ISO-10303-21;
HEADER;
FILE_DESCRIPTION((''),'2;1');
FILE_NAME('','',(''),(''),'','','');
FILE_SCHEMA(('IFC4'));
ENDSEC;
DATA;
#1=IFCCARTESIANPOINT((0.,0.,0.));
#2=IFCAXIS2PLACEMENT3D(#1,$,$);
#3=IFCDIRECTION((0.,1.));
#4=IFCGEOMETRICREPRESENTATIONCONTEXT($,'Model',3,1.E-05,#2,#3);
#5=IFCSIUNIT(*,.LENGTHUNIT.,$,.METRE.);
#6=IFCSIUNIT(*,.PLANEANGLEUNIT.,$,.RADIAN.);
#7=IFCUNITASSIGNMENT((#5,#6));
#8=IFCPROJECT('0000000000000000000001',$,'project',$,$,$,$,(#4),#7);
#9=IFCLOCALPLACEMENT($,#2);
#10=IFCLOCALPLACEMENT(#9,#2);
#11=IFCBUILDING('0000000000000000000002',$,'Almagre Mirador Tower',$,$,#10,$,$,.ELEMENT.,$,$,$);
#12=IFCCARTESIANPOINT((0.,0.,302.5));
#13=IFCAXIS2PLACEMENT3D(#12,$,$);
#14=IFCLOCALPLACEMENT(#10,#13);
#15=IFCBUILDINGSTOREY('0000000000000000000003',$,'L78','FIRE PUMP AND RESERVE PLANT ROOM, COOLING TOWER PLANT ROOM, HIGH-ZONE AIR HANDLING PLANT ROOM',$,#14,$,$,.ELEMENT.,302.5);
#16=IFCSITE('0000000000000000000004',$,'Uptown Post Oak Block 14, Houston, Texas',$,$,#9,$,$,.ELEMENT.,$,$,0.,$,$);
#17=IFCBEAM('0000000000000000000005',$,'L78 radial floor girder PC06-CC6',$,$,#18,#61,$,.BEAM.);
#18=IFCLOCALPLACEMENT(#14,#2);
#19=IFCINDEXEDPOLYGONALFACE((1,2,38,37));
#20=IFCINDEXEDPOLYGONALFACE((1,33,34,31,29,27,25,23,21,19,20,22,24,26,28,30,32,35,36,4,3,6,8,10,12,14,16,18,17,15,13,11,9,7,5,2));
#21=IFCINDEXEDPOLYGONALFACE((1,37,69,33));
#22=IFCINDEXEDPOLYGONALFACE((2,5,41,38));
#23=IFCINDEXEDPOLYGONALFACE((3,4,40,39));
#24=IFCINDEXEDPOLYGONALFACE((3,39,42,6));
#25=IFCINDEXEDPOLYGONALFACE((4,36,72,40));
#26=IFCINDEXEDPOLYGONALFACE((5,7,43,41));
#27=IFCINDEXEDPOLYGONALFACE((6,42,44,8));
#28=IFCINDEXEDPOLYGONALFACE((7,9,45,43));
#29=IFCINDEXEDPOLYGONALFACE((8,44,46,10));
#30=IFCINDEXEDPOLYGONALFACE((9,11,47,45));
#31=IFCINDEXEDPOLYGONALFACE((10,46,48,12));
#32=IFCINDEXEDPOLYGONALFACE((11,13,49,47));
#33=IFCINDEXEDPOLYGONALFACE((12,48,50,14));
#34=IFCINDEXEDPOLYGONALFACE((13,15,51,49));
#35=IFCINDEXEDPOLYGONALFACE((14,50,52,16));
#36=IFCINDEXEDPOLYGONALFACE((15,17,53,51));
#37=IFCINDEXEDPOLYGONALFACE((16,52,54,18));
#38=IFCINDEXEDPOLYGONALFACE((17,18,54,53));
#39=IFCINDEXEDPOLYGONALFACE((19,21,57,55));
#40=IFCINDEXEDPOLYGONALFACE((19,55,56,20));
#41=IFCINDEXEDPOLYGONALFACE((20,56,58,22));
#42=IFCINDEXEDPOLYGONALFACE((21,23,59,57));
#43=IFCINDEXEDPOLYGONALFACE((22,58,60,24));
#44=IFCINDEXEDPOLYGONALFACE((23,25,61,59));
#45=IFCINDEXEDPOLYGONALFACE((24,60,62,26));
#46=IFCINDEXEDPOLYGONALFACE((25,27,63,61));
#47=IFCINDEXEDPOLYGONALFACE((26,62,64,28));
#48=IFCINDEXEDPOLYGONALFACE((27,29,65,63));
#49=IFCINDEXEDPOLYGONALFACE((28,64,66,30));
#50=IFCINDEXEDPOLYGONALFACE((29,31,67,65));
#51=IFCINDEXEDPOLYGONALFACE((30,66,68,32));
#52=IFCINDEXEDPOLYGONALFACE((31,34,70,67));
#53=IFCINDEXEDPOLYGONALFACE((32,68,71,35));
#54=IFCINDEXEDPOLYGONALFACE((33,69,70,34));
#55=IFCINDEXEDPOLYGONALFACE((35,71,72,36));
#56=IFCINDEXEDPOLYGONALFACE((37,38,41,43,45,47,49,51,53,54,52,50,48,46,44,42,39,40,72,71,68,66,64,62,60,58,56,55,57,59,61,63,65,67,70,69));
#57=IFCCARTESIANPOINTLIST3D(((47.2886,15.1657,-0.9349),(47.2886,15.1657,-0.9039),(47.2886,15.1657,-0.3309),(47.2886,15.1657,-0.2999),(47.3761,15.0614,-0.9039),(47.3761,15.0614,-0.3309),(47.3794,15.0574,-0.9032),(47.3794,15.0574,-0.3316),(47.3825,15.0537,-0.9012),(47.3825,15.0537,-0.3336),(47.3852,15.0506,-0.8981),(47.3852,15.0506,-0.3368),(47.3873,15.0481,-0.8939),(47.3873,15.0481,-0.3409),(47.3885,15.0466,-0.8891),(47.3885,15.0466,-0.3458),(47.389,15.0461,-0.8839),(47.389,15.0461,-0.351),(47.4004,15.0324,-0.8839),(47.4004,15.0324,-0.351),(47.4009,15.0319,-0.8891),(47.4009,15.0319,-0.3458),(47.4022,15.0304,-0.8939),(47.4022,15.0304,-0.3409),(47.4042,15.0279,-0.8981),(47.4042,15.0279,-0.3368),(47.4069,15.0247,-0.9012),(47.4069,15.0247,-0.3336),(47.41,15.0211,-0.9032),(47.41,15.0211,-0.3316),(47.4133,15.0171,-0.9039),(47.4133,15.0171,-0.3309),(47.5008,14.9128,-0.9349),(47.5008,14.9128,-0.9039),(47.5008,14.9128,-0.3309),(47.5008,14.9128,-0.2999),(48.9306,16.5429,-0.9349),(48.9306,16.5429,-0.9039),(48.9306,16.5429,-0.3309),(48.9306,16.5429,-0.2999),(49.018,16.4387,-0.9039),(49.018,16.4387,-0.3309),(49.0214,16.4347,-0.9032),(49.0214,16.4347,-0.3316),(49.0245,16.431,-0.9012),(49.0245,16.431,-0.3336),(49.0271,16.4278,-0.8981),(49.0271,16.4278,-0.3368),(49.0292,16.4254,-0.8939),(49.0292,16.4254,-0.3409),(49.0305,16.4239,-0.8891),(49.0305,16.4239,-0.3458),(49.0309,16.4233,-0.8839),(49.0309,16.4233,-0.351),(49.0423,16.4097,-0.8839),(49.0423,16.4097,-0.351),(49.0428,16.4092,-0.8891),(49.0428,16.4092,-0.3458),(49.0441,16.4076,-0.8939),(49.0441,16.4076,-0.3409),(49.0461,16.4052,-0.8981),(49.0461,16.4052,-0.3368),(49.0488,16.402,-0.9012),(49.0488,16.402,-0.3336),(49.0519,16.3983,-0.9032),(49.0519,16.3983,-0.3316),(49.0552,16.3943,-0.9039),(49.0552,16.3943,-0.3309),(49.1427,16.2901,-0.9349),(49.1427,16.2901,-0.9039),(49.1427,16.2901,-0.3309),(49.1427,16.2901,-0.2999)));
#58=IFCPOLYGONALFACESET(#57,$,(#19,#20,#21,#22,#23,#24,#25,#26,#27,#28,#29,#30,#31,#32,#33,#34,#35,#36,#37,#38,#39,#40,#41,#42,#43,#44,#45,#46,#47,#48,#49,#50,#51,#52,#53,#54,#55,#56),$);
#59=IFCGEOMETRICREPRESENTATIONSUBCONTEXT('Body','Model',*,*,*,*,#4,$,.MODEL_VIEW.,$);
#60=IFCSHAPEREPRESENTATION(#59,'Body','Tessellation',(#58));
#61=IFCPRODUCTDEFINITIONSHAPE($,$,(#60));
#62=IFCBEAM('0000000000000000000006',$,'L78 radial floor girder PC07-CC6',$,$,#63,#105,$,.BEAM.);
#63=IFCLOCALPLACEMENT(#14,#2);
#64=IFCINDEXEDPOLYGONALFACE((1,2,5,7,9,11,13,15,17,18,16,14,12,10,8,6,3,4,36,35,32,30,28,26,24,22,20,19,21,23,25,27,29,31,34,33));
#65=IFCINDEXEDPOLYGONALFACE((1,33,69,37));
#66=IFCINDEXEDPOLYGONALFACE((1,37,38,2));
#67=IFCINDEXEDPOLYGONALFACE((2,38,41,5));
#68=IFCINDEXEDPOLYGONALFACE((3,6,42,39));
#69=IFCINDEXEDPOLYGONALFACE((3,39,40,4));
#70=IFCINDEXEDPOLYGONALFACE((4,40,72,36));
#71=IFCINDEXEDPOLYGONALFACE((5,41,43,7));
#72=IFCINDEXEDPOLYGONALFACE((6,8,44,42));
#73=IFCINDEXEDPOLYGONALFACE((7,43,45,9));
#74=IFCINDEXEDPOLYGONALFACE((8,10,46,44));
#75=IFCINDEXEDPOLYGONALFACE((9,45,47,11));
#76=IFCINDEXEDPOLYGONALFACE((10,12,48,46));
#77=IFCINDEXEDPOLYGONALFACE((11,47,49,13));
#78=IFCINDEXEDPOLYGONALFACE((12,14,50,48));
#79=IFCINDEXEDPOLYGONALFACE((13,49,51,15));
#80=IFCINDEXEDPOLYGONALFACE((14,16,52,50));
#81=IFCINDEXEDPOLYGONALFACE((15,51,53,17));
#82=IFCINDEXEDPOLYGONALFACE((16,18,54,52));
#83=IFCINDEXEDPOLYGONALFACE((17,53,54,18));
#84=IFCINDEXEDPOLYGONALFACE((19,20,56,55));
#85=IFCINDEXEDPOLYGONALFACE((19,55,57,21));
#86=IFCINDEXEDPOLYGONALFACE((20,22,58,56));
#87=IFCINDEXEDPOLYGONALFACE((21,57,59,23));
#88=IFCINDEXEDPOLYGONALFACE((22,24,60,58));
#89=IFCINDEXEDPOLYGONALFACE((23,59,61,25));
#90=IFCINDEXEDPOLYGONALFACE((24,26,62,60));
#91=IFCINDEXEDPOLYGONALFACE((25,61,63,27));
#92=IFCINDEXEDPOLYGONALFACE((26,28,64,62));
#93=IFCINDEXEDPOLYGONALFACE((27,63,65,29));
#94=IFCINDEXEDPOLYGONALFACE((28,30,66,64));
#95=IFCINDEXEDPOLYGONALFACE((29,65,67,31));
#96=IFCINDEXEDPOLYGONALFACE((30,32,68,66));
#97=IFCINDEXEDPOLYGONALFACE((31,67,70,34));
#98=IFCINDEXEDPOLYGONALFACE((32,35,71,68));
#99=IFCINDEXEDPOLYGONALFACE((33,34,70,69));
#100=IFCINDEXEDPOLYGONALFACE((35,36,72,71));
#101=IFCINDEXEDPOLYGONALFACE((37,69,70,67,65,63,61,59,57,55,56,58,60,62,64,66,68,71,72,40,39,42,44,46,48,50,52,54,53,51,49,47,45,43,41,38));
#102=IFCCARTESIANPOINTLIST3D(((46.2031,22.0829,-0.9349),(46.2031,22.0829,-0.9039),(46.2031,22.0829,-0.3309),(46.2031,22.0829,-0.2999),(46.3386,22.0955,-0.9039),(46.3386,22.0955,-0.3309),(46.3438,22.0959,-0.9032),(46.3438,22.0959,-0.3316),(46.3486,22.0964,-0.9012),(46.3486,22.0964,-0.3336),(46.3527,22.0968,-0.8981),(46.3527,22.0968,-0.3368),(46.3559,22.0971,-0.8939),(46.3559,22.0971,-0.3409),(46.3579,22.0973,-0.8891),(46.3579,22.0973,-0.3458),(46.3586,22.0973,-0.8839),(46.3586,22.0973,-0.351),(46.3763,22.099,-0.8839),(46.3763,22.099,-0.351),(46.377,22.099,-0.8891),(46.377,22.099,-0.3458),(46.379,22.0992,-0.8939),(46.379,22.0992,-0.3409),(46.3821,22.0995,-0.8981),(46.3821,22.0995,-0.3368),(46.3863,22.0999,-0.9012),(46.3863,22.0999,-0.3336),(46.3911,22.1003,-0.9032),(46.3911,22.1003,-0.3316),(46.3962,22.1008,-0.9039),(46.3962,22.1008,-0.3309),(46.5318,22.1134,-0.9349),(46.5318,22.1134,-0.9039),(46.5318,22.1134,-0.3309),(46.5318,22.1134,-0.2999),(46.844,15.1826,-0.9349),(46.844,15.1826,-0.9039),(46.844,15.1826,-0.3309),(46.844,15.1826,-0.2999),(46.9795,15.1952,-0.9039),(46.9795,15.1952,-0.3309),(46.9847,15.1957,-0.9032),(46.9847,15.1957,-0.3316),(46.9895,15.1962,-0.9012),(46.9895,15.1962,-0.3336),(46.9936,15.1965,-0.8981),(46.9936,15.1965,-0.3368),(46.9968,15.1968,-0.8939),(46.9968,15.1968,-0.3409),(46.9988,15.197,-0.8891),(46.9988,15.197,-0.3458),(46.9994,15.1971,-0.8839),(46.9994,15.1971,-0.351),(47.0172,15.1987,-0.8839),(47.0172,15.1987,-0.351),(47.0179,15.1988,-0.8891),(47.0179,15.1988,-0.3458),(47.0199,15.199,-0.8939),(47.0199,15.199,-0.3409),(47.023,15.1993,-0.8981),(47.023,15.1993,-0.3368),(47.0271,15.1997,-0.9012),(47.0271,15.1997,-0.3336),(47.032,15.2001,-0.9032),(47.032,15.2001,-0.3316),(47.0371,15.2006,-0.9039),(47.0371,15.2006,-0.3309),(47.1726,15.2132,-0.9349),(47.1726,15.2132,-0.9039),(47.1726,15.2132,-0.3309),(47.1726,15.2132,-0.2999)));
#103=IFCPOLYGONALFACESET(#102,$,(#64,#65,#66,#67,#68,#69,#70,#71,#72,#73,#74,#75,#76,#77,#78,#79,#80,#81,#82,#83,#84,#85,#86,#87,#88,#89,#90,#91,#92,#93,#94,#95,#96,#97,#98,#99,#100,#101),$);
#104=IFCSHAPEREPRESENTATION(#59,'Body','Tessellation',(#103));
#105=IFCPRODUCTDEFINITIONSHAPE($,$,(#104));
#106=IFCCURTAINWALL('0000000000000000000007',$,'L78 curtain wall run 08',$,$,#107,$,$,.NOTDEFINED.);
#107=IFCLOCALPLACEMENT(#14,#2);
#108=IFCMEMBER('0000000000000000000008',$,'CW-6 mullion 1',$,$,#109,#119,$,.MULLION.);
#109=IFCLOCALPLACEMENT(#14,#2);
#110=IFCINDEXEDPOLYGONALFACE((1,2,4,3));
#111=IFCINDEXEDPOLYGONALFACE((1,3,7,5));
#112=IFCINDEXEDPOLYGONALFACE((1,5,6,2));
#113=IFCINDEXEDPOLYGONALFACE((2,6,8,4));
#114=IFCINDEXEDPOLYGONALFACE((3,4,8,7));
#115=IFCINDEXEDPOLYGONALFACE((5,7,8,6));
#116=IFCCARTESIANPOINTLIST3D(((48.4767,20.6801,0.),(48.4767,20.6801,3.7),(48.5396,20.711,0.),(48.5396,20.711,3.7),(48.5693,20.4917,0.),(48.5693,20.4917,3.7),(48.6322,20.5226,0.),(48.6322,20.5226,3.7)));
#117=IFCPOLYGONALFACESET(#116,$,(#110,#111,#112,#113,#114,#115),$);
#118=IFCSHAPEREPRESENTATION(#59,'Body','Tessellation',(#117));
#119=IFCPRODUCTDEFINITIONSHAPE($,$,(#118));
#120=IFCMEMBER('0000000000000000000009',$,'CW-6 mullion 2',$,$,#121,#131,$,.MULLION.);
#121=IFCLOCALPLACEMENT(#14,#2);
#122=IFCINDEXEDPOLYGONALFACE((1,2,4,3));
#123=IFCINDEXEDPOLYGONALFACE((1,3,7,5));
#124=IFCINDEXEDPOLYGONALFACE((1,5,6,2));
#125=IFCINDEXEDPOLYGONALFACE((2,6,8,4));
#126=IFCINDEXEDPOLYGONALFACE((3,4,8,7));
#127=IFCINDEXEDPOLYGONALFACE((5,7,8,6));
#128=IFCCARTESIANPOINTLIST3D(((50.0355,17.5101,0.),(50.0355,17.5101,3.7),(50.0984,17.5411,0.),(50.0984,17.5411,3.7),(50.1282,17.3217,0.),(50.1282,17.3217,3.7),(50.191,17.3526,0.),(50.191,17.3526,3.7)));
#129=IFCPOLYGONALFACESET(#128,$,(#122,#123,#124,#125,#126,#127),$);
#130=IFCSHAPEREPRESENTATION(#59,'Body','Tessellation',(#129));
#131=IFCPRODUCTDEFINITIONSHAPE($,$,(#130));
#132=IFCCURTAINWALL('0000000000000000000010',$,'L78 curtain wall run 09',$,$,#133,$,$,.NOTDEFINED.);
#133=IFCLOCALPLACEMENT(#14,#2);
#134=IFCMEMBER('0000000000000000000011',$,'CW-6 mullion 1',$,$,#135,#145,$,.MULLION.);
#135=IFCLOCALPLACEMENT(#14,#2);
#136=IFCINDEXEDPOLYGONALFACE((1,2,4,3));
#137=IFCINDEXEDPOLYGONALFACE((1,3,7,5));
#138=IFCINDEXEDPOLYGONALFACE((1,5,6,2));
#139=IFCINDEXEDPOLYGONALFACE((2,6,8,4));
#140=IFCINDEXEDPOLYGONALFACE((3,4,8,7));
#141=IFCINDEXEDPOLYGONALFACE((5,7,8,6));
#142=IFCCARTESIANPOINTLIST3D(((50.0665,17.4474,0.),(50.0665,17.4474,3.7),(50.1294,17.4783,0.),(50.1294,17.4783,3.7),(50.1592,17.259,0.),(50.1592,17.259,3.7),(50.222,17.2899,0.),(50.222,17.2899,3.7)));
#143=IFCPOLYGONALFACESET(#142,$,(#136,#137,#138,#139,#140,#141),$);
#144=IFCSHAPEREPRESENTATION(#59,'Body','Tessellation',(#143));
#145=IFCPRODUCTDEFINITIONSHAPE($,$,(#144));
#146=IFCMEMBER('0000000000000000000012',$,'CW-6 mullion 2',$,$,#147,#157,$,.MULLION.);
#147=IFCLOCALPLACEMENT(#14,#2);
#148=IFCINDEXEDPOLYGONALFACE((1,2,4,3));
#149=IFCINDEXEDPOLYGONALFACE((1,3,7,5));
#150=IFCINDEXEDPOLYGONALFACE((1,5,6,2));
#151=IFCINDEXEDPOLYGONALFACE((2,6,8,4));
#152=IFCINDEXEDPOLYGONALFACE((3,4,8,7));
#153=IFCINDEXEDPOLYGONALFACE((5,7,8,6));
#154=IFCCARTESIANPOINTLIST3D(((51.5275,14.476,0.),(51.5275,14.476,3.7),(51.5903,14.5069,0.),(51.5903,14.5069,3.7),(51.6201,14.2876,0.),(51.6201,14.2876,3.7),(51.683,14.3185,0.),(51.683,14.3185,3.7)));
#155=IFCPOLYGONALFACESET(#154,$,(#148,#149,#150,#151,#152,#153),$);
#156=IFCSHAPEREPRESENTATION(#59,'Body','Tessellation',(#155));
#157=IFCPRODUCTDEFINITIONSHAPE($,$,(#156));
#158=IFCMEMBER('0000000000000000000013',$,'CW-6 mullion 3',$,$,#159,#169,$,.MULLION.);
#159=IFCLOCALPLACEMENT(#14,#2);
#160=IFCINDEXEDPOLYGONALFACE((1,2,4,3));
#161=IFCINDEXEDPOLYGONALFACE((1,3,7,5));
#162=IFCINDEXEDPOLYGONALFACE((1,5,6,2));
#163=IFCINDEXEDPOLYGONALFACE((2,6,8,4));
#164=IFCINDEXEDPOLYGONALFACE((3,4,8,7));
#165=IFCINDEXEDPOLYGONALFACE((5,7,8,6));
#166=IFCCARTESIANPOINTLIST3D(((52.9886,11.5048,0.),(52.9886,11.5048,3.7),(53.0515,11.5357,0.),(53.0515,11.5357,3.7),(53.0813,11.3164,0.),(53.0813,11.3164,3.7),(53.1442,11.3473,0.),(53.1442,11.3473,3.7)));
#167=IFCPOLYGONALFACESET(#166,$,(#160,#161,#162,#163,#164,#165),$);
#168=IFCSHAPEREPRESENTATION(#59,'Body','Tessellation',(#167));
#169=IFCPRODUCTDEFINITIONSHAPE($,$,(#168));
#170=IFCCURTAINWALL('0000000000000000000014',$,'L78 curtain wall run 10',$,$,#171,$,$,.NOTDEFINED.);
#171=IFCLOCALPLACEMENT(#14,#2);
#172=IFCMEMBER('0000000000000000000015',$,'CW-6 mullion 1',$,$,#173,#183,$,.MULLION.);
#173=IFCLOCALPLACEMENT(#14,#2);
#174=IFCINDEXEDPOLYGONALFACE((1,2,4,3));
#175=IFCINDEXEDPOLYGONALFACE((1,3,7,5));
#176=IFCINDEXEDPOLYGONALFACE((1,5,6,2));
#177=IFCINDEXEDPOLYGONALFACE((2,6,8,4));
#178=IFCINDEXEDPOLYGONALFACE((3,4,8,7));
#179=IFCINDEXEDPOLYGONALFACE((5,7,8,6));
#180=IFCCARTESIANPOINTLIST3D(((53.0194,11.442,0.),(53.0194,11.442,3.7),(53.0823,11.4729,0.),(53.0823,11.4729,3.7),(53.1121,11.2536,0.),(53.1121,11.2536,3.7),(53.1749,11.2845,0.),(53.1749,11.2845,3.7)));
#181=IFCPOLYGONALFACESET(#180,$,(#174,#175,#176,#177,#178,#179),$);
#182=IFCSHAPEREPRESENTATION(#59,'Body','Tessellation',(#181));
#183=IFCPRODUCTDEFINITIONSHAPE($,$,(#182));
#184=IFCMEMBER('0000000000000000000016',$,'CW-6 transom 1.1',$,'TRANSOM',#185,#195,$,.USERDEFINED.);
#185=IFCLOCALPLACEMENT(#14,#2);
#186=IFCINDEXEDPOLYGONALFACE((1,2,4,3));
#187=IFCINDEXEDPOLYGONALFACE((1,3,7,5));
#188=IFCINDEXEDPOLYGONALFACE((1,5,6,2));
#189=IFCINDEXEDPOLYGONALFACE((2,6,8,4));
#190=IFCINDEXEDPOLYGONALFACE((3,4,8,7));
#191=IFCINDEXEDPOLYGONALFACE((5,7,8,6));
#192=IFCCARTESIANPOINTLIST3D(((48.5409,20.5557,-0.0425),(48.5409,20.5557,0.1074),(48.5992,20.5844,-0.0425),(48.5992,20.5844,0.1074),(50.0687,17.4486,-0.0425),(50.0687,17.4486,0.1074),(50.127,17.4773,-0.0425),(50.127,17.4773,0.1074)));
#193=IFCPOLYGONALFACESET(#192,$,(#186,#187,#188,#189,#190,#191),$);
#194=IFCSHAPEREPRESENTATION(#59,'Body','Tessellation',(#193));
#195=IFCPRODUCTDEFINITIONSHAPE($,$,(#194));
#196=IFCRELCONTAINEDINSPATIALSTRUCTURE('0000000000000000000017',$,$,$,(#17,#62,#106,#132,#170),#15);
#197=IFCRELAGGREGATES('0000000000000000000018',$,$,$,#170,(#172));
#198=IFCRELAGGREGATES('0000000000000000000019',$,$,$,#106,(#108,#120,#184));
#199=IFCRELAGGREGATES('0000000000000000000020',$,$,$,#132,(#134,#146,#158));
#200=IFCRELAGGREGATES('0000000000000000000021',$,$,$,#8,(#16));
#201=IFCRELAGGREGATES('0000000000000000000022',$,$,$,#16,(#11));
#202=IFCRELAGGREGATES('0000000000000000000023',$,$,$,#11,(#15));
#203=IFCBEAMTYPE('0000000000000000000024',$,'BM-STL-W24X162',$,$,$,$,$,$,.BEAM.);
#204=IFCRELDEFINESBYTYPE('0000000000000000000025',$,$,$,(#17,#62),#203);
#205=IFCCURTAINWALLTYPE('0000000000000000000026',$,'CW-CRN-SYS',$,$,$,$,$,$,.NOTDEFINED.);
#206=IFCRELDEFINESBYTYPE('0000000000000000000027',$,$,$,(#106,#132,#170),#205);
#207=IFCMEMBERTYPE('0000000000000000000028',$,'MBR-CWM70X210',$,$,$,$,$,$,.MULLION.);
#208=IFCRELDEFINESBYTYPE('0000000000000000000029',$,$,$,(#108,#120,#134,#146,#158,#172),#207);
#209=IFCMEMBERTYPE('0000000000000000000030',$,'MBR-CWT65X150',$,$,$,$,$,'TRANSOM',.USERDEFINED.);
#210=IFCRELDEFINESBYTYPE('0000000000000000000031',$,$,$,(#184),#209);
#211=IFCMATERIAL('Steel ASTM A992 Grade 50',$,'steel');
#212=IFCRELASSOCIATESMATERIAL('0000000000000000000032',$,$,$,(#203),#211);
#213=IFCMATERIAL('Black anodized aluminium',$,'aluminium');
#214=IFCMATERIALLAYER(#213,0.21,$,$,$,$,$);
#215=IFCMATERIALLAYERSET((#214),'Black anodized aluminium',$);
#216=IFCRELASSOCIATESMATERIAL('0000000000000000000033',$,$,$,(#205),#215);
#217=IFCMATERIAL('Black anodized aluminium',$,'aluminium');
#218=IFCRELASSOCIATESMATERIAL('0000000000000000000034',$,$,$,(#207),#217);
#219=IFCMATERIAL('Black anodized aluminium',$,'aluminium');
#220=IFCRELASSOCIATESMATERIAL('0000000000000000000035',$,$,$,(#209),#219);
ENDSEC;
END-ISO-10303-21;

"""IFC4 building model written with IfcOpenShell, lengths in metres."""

from ifc_helpers import new_model, si_unit, direction, frame, origin, origin_2d, place, context, subcontext, project, spatial, rectangle, i_section, extrude, material, layer, layer_set, material_profile, profile_set, type_object, element, aggregate, save


model = new_model("IFC4")

# Units and contexts
model_context = context("Model", 3, precision=1e-05, world=origin(), true_north=direction((0.0, 1.0)))
body_context = subcontext(model_context, "Body", "Model", "MODEL_VIEW")
ifc_project = project(units=[si_unit("LENGTHUNIT", "METRE"), si_unit("PLANEANGLEUNIT", "RADIAN")], contexts=[model_context])

# Site, building, storey
site_placement = place(None, origin())
site = spatial("IfcSite", under=ifc_project, at=site_placement, Name="Uptown Post Oak Block 14, Houston, Texas", CompositionType="ELEMENT", RefElevation=0.0)
building_placement = place(site_placement, origin())
building = spatial("IfcBuilding", under=site, at=building_placement, Name="Almagre Mirador Tower", CompositionType="ELEMENT")
storey_placement = place(building_placement, frame((0.0, 0.0, 302.5)))
storey = spatial("IfcBuildingStorey", under=building, at=storey_placement, Name="L78", Description="FIRE PUMP AND RESERVE PLANT ROOM, COOLING TOWER PLANT ROOM, HIGH-ZONE AIR HANDLING PLANT ROOM", CompositionType="ELEMENT", Elevation=302.5)

# Beams
ifc_material_1 = material(Name="Steel ASTM A992 Grade 50", Category="steel")
ifc_material_profile_1 = material_profile(ifc_material_1, i_section(OverallWidth=0.3301, OverallDepth=0.635, WebThickness=0.0178, FlangeThickness=0.031, FilletRadius=0.02, at=origin_2d()), Name="W24X162")
ifc_profile_set_1 = profile_set([ifc_material_profile_1], Name="Steel ASTM A992 Grade 50")
beam_type_1 = type_object("IfcBeamType", Name="BM-STL-W24X162", PredefinedType="BEAM", material=ifc_profile_set_1)
beam_1_placement = place(storey_placement, frame((49.0366, 16.4165, -0.6174), z_axis=(-0.766154, -0.642658, 0.0), x_axis=(0.642658, -0.766154, 0.0)))
element("IfcBeam", 1, at=beam_1_placement, inside=storey, type_object=beam_type_1, Name="L78 radial floor girder PC06-CC6", PredefinedType="BEAM", context=body_context, shape_type="SweptSolid", body=[
    extrude(i_section(OverallWidth=0.3301, OverallDepth=0.635, WebThickness=0.0178, FlangeThickness=0.031, FilletRadius=0.02, at=origin_2d()), origin(), (0.0, 0.0, 1.0), 2.1431),
])
beam_2_placement = place(storey_placement, frame((46.3674, 22.0981, -0.6174), z_axis=(0.09248, -0.995715, 0.0), x_axis=(0.995715, 0.09248, 0.0)))
element("IfcBeam", 2, at=beam_2_placement, inside=storey, type_object=beam_type_1, Name="L78 radial floor girder PC07-CC6", PredefinedType="BEAM", context=body_context, shape_type="SweptSolid", body=[
    extrude(i_section(OverallWidth=0.3301, OverallDepth=0.635, WebThickness=0.0178, FlangeThickness=0.031, FilletRadius=0.02, at=origin_2d()), origin(), (0.0, 0.0, 1.0), 6.9299),
])

# Curtain walls, members
ifc_material_2 = material(Name="Black anodized aluminium", Category="aluminium")
ifc_layer_1 = layer(ifc_material_2, 0.21)
ifc_layer_set_1 = layer_set([ifc_layer_1], Name="Black anodized aluminium")
curtain_wall_type = type_object("IfcCurtainWallType", Name="CW-CRN-SYS", PredefinedType="NOTDEFINED", material=ifc_layer_set_1)
curtain_wall_1_placement = place(storey_placement, origin())
curtain_wall_1 = element("IfcCurtainWall", 3, at=curtain_wall_1_placement, inside=storey, type_object=curtain_wall_type, Name="L78 curtain wall run 08", PredefinedType="NOTDEFINED")
ifc_material_3 = material(Name="Black anodized aluminium", Category="aluminium")
ifc_material_profile_2 = material_profile(ifc_material_3, rectangle(XDim=0.0701, YDim=0.21, at=origin_2d()), Name="CWM70X210")
ifc_profile_set_2 = profile_set([ifc_material_profile_2], Name="Black anodized aluminium")
member_type_1 = type_object("IfcMemberType", Name="MBR-CWM70X210", PredefinedType="MULLION", material=ifc_profile_set_2)
member_1_placement = place(storey_placement, frame((48.5544, 20.6013, 0.0), z_axis=(0.0, 0.0, 1.0), x_axis=(0.897372, 0.441275, 0.0)))
member_1 = element("IfcMember", 4, at=member_1_placement, type_object=member_type_1, Name="CW-6 mullion 1", PredefinedType="MULLION", context=body_context, shape_type="SweptSolid", body=[
    extrude(rectangle(XDim=0.0701, YDim=0.21, at=origin_2d()), origin(), (0.0, 0.0, 1.0), 3.7),
])
member_2_placement = place(storey_placement, frame((50.1133, 17.4314, 0.0), z_axis=(0.0, 0.0, 1.0), x_axis=(0.897372, 0.441275, 0.0)))
member_2 = element("IfcMember", 5, at=member_2_placement, type_object=member_type_1, Name="CW-6 mullion 2", PredefinedType="MULLION", context=body_context, shape_type="SweptSolid", body=[
    extrude(rectangle(XDim=0.0701, YDim=0.21, at=origin_2d()), origin(), (0.0, 0.0, 1.0), 3.7),
])
curtain_wall_2_placement = place(storey_placement, origin())
curtain_wall_2 = element("IfcCurtainWall", 6, at=curtain_wall_2_placement, inside=storey, type_object=curtain_wall_type, Name="L78 curtain wall run 09", PredefinedType="NOTDEFINED")
member_3_placement = place(storey_placement, frame((50.1443, 17.3687, 0.0), z_axis=(0.0, 0.0, 1.0), x_axis=(0.897378, 0.441262, 0.0)))
member_3 = element("IfcMember", 7, at=member_3_placement, type_object=member_type_1, Name="CW-6 mullion 1", PredefinedType="MULLION", context=body_context, shape_type="SweptSolid", body=[
    extrude(rectangle(XDim=0.0701, YDim=0.21, at=origin_2d()), origin(), (0.0, 0.0, 1.0), 3.7),
])
member_4_placement = place(storey_placement, frame((51.6052, 14.3972, 0.0), z_axis=(0.0, 0.0, 1.0), x_axis=(0.897378, 0.441262, 0.0)))
member_4 = element("IfcMember", 8, at=member_4_placement, type_object=member_type_1, Name="CW-6 mullion 2", PredefinedType="MULLION", context=body_context, shape_type="SweptSolid", body=[
    extrude(rectangle(XDim=0.0701, YDim=0.21, at=origin_2d()), origin(), (0.0, 0.0, 1.0), 3.7),
])
member_5_placement = place(storey_placement, frame((53.0664, 11.426, 0.0), z_axis=(0.0, 0.0, 1.0), x_axis=(0.897378, 0.441262, 0.0)))
member_5 = element("IfcMember", 9, at=member_5_placement, type_object=member_type_1, Name="CW-6 mullion 3", PredefinedType="MULLION", context=body_context, shape_type="SweptSolid", body=[
    extrude(rectangle(XDim=0.0701, YDim=0.21, at=origin_2d()), origin(), (0.0, 0.0, 1.0), 3.7),
])

# Curtain wall, member
curtain_wall_3_placement = place(storey_placement, origin())
curtain_wall_3 = element("IfcCurtainWall", 10, at=curtain_wall_3_placement, inside=storey, type_object=curtain_wall_type, Name="L78 curtain wall run 10", PredefinedType="NOTDEFINED")
member_6_placement = place(storey_placement, frame((53.0972, 11.3633, 0.0), z_axis=(0.0, 0.0, 1.0), x_axis=(0.897372, 0.441274, 0.0)))
member_6 = element("IfcMember", 11, at=member_6_placement, type_object=member_type_1, Name="CW-6 mullion 1", PredefinedType="MULLION", context=body_context, shape_type="SweptSolid", body=[
    extrude(rectangle(XDim=0.0701, YDim=0.21, at=origin_2d()), origin(), (0.0, 0.0, 1.0), 3.7),
])

# Member
ifc_material_4 = material(Name="Black anodized aluminium", Category="aluminium")
ifc_material_profile_3 = material_profile(ifc_material_4, rectangle(XDim=0.0649, YDim=0.1499, at=origin_2d()), Name="CWT65X150")
ifc_profile_set_3 = profile_set([ifc_material_profile_3], Name="Black anodized aluminium")
member_type_2 = type_object("IfcMemberType", Name="MBR-CWT65X150", ElementType="TRANSOM", PredefinedType="USERDEFINED", material=ifc_profile_set_3)
member_7_placement = place(storey_placement, frame((48.5701, 20.5701, 0.0325), z_axis=(0.441253, -0.897383, 0.0), x_axis=(0.897383, 0.441253, 0.0)))
member_7 = element("IfcMember", 12, at=member_7_placement, type_object=member_type_2, Name="CW-6 transom 1.1", ObjectType="TRANSOM", PredefinedType="USERDEFINED", context=body_context, shape_type="SweptSolid", body=[
    extrude(rectangle(XDim=0.0649, YDim=0.1499, at=origin_2d()), origin(), (0.0, 0.0, 1.0), 3.4624),
])
aggregate(curtain_wall_3, [member_6])

aggregate(curtain_wall_1, [member_1, member_2, member_7])
aggregate(curtain_wall_2, [member_3, member_4, member_5])

save(model, "model.ifc")
